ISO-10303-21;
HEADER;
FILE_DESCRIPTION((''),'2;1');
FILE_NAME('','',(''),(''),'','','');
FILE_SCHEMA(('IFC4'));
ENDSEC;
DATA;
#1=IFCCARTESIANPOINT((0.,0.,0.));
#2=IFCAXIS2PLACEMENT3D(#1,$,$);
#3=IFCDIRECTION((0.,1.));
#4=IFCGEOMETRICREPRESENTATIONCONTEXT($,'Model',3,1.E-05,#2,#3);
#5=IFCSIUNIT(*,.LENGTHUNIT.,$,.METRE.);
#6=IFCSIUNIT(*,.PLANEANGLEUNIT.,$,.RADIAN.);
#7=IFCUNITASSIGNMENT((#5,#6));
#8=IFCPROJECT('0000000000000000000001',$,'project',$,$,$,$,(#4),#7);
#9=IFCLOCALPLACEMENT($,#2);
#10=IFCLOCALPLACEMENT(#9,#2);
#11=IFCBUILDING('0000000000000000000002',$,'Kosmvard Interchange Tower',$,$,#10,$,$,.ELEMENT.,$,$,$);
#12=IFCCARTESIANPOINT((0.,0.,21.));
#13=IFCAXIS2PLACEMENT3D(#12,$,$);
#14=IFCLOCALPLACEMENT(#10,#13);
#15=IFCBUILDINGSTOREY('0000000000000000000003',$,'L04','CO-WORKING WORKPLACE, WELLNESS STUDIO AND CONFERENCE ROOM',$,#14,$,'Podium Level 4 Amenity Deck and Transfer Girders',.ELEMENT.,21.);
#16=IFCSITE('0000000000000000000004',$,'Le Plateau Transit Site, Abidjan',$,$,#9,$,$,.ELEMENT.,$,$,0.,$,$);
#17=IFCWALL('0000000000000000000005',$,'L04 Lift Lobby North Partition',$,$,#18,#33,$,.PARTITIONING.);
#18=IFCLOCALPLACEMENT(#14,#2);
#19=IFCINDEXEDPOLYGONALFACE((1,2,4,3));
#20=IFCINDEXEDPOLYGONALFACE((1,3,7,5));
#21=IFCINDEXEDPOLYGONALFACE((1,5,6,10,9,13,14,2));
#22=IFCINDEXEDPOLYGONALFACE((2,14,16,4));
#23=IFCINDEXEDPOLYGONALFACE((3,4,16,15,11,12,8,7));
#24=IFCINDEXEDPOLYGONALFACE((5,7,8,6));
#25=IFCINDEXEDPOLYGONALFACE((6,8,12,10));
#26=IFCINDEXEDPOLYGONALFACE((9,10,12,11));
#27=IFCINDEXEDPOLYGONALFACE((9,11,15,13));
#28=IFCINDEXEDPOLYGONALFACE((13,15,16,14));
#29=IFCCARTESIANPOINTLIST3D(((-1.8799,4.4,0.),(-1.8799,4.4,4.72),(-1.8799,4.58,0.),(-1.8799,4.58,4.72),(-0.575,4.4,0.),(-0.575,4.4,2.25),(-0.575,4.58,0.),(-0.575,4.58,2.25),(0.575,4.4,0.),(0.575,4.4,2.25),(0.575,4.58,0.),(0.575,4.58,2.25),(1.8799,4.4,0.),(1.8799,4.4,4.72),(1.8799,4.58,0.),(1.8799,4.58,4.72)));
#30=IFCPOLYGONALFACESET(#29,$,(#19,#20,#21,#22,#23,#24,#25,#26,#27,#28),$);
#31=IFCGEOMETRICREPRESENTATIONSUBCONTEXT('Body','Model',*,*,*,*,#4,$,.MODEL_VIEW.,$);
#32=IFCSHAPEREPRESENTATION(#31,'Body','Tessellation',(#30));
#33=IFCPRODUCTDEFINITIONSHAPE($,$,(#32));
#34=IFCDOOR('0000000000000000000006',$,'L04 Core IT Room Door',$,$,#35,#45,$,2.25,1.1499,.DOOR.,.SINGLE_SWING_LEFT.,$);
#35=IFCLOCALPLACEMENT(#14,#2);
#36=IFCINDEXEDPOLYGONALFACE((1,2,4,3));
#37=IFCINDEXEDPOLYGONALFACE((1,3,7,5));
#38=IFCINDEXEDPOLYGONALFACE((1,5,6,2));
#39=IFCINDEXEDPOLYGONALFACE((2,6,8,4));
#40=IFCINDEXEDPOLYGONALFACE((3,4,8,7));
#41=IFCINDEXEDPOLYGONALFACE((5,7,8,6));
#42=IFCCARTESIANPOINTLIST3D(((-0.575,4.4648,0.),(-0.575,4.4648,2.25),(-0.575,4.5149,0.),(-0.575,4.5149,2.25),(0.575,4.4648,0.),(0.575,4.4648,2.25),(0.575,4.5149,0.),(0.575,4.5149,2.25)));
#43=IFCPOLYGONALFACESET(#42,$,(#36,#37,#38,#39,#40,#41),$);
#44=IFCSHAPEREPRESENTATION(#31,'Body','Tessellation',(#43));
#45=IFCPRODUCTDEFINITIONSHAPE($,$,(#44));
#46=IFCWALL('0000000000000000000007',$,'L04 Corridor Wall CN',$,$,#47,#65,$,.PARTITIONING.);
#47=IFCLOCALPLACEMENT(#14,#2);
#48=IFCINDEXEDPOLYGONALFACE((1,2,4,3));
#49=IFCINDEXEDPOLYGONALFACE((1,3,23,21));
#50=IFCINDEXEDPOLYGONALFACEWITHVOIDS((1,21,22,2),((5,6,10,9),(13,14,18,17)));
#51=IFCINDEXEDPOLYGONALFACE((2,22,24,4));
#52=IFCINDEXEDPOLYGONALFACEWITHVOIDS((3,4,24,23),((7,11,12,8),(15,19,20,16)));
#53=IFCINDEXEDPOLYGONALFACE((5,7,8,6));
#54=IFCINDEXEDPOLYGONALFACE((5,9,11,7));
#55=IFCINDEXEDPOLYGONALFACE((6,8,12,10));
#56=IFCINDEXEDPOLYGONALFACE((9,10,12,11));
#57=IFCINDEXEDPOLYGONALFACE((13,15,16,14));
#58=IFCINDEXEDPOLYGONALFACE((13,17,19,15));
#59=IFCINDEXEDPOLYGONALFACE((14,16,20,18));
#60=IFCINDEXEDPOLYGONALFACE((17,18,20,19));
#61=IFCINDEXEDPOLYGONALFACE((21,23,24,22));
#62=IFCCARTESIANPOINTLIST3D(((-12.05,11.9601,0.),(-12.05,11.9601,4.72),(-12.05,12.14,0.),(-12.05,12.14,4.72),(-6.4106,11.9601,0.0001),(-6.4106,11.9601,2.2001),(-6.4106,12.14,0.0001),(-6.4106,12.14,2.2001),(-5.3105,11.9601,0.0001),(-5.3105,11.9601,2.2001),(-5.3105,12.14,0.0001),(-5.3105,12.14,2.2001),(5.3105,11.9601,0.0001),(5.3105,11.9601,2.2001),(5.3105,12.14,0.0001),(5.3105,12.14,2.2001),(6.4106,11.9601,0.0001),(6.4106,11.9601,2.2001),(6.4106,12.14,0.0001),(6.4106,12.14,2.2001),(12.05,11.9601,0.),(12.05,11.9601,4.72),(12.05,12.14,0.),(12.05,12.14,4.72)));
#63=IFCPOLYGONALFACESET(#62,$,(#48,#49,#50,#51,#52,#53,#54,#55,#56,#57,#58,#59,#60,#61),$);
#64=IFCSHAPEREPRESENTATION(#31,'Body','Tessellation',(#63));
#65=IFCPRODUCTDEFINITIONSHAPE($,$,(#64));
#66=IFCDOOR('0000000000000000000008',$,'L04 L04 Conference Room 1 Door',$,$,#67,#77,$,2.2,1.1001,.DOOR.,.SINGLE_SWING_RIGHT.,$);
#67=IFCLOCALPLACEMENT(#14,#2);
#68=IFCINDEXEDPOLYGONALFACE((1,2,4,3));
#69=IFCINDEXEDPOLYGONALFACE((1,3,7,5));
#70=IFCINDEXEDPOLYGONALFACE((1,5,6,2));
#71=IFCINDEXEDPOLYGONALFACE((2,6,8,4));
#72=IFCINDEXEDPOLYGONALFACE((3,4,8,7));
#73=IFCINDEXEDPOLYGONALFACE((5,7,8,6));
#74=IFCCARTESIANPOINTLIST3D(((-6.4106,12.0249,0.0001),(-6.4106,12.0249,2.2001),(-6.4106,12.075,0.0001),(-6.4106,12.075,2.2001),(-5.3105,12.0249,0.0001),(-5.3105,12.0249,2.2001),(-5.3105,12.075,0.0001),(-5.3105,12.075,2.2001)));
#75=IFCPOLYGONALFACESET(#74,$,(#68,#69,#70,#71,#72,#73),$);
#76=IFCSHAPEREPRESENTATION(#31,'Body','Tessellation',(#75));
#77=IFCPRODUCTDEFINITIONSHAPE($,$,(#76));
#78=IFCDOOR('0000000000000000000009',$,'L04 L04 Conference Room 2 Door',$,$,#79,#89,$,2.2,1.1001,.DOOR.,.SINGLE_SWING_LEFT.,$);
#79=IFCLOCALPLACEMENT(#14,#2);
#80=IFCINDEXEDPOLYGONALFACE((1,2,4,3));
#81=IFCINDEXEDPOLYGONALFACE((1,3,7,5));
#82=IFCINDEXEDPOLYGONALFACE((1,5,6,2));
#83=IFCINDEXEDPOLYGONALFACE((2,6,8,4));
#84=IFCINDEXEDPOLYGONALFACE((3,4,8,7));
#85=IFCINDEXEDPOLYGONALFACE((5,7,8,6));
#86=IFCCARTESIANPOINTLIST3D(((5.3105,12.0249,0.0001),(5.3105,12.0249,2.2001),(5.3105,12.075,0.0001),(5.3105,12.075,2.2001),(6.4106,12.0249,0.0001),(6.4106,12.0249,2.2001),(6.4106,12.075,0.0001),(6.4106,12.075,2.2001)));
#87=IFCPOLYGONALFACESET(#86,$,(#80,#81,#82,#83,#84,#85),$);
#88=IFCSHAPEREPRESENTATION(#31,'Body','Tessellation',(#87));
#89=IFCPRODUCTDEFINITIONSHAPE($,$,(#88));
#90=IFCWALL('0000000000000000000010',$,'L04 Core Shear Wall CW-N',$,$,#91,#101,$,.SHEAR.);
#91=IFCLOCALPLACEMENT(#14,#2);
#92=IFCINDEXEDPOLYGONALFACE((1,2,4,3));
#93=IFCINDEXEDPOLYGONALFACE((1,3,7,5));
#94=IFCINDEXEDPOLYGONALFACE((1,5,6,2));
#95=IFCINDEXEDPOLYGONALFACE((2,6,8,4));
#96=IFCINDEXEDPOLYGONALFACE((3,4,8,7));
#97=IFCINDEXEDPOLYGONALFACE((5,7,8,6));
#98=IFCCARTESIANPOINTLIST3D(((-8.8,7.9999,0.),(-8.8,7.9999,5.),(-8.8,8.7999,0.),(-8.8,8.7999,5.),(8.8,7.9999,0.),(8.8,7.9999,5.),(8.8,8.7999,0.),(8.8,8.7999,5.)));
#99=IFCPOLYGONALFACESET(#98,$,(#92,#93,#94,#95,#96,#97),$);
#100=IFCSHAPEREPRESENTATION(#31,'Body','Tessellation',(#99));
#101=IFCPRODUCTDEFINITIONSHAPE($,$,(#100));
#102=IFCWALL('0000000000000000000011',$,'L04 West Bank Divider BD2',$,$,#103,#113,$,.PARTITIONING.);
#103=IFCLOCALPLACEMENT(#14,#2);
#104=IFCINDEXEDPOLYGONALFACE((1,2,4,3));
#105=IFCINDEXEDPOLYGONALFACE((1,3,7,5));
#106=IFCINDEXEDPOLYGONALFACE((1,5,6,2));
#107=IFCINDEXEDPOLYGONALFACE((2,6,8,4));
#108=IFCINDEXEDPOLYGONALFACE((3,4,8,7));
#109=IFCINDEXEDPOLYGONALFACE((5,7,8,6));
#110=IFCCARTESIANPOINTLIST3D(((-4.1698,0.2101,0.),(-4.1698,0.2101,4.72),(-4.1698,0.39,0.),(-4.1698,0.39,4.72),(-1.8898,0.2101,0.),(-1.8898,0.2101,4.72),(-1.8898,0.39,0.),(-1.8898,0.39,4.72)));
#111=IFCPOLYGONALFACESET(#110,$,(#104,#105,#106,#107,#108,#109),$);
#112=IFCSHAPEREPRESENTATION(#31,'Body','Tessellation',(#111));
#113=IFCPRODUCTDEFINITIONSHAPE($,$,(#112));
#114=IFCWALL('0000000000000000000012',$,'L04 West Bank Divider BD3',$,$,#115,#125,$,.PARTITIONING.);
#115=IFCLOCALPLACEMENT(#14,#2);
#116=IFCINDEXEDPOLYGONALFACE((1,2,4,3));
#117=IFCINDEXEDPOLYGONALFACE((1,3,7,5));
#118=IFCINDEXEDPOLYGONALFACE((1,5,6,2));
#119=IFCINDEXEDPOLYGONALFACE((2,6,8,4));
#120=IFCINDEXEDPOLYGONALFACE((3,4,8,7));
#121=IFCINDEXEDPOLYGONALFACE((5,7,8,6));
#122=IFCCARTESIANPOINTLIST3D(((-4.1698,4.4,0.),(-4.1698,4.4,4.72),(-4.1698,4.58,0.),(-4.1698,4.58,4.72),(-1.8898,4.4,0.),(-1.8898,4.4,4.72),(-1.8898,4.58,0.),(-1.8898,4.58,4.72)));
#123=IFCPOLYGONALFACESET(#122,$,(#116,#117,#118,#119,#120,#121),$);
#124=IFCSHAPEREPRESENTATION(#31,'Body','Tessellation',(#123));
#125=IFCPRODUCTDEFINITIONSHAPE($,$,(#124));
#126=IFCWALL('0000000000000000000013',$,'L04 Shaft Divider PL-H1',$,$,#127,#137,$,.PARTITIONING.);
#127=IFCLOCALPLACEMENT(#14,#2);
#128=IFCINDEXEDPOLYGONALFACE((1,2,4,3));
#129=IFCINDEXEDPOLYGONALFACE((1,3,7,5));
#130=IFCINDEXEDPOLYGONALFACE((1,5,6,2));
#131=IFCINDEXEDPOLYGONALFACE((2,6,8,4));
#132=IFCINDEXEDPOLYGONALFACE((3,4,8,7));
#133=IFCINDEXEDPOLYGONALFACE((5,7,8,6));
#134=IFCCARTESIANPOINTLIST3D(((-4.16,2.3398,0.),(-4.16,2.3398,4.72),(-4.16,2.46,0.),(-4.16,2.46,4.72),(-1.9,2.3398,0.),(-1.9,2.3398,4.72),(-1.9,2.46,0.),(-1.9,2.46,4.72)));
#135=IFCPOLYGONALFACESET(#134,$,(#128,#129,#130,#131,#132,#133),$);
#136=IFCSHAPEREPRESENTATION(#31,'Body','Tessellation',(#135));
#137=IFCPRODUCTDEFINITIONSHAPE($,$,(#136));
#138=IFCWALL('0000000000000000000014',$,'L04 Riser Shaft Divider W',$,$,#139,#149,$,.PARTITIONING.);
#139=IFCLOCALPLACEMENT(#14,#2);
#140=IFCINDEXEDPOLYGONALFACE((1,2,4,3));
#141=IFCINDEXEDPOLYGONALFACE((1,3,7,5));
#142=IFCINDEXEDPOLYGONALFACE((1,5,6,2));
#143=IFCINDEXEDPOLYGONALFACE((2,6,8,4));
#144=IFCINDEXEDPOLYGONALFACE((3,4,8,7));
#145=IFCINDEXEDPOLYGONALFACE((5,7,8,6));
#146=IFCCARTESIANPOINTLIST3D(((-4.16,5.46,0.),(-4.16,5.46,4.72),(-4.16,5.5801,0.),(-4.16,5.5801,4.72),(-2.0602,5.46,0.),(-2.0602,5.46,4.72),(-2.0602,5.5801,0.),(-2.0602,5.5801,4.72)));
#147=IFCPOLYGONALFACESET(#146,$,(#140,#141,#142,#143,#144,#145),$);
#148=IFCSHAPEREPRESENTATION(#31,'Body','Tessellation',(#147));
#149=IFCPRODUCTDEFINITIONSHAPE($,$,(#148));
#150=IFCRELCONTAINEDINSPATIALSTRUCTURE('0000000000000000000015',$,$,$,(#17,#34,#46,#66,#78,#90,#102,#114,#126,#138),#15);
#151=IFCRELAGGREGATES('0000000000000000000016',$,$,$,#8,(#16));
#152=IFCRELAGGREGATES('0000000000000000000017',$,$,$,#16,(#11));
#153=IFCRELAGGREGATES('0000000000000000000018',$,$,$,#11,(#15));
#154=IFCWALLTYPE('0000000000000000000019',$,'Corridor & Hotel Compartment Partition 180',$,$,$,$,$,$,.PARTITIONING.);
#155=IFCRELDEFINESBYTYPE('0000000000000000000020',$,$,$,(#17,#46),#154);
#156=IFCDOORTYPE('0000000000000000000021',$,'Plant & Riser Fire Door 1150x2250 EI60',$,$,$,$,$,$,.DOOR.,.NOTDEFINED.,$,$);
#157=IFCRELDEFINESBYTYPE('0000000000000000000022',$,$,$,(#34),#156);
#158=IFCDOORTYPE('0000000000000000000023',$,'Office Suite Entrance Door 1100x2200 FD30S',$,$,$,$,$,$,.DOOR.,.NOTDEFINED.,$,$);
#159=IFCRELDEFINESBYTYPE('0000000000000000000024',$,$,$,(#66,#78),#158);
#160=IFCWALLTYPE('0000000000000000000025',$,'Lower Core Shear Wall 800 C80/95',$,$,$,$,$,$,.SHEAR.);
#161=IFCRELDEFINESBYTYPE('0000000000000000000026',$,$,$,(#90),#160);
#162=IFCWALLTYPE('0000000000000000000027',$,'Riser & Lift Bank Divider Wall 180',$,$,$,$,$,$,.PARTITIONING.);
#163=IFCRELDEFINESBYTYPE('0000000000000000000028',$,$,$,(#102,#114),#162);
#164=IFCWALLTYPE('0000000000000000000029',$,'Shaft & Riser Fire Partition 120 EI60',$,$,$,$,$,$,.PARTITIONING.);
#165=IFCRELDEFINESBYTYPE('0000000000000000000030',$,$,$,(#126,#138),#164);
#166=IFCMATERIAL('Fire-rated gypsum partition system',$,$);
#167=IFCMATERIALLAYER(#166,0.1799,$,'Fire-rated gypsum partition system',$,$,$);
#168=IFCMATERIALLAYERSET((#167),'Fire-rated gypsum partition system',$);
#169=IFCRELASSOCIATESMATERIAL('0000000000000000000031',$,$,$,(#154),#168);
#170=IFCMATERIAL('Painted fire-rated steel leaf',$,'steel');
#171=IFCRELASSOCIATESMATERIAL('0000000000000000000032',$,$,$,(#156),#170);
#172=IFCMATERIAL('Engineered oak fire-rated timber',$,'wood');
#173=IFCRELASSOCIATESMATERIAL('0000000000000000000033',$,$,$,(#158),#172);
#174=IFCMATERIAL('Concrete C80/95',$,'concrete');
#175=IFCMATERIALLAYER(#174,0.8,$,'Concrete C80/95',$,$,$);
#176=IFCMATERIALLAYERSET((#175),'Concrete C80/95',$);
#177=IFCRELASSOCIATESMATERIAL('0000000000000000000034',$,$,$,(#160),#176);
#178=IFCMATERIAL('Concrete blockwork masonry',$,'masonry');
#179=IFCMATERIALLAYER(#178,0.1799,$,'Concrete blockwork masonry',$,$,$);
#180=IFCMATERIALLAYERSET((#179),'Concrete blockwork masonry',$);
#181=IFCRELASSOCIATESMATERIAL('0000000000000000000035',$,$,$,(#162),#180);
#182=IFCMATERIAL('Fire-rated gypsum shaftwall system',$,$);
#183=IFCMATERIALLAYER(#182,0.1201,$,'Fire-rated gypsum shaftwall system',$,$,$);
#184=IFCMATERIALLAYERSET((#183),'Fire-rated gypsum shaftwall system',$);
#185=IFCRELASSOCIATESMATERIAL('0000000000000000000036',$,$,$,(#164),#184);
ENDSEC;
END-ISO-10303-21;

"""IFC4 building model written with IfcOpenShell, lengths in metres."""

from ifc_helpers import new_model, si_unit, direction, frame, frame_2d, origin, place, context, subcontext, project, spatial, rectangle, extrude, source, transform, mapped, material, layer, layer_set, type_object, element, fill, save


model = new_model("IFC4")

# Units and contexts
model_context = context("Model", 3, precision=1e-05, world=origin(), true_north=direction((0.0, 1.0)))
body_context = subcontext(model_context, "Body", "Model", "MODEL_VIEW")
ifc_project = project(units=[si_unit("LENGTHUNIT", "METRE"), si_unit("PLANEANGLEUNIT", "RADIAN")], contexts=[model_context])

# Site, building, storey
site_placement = place(None, origin())
site = spatial("IfcSite", under=ifc_project, at=site_placement, Name="Le Plateau Transit Site, Abidjan", CompositionType="ELEMENT", RefElevation=0.0)
building_placement = place(site_placement, origin())
building = spatial("IfcBuilding", under=site, at=building_placement, Name="Kosmvard Interchange Tower", CompositionType="ELEMENT")
storey_placement = place(building_placement, frame((0.0, 0.0, 21.0)))
storey = spatial("IfcBuildingStorey", under=building, at=storey_placement, Name="L04", Description="CO-WORKING WORKPLACE, WELLNESS STUDIO AND CONFERENCE ROOM", LongName="Podium Level 4 Amenity Deck and Transfer Girders", CompositionType="ELEMENT", Elevation=21.0)

# Shared definitions
ifc_material_1 = material(Name="Concrete C80/95", Category="concrete")

# Shared definitions
ifc_material_2 = material(Name="Fire-rated gypsum partition system")

# Wall, opening, door
ifc_layer_1 = layer(ifc_material_2, 0.1799, Name="Fire-rated gypsum partition system")
ifc_layer_set_1 = layer_set([ifc_layer_1], Name="Fire-rated gypsum partition system")
wall_type_1 = type_object("IfcWallType", Name="Corridor & Hotel Compartment Partition 180", PredefinedType="PARTITIONING", material=ifc_layer_set_1)
wall_1_placement = place(storey_placement, frame((-1.8799, 4.49, 0.0), z_axis=(0.0, 0.0, 1.0), x_axis=(1.0, 0.0, 0.0)))
wall_1 = element("IfcWall", 1, at=wall_1_placement, inside=storey, type_object=wall_type_1, Name="L04 Lift Lobby North Partition", PredefinedType="PARTITIONING", context=body_context, shape_type="SweptSolid", body=[
    extrude(rectangle(XDim=3.7598, YDim=0.1799, at=frame_2d((1.8799, 0.0))), origin(), (0.0, 0.0, 1.0), 4.72),
])
opening_1_placement = place(wall_1_placement, frame((1.3049, 0.0, 0.0)))
opening_1 = element("IfcOpeningElement", 2, at=opening_1_placement, cuts=wall_1, PredefinedType="OPENING", context=body_context, shape_type="SweptSolid", body=[
    extrude(rectangle(XDim=1.1499, YDim=2.25, at=frame_2d((0.575, 1.125))), frame((0.0, 0.1001, 0.0), z_axis=(0.0, -1.0, 0.0), x_axis=(1.0, 0.0, 0.0)), (0.0, 0.0, 1.0), 0.2),
])
ifc_material_3 = material(Name="Painted fire-rated steel leaf", Category="steel")
door_type_1 = type_object("IfcDoorType", Name="Plant & Riser Fire Door 1150x2250 EI60", OperationType="NOTDEFINED", PredefinedType="DOOR", material=ifc_material_3)
shared_shape_1 = source(origin(), body_context, "Body", "SweptSolid", [
    extrude(rectangle(XDim=1.1499, YDim=2.25, at=frame_2d((0.575, 1.125))), frame((0.0, 0.0249, 0.0), z_axis=(0.0, -1.0, 0.0), x_axis=(1.0, 0.0, 0.0)), (0.0, 0.0, 1.0), 0.05),
])
door_1_placement = place(opening_1_placement, origin())
door_1 = element("IfcDoor", 3, at=door_1_placement, inside=storey, type_object=door_type_1, Name="L04 Core IT Room Door", OperationType="SINGLE_SWING_LEFT", OverallHeight=2.25, OverallWidth=1.1499, PredefinedType="DOOR", context=body_context, shape_type="MappedRepresentation", body=[
    mapped(shared_shape_1, transform((0.0, 0.0, 0.0), scale=1.0)),
])
fill(opening_1, door_1)

# Wall, openings, doors
wall_2_placement = place(storey_placement, frame((-12.05, 12.05, 0.0), z_axis=(0.0, 0.0, 1.0), x_axis=(1.0, 0.0, 0.0)))
wall_2 = element("IfcWall", 4, at=wall_2_placement, inside=storey, type_object=wall_type_1, Name="L04 Corridor Wall CN", PredefinedType="PARTITIONING", context=body_context, shape_type="SweptSolid", body=[
    extrude(rectangle(XDim=24.1001, YDim=0.1799, at=frame_2d((12.05, 0.0))), origin(), (0.0, 0.0, 1.0), 4.72),
])
opening_2_placement = place(wall_2_placement, frame((5.6394, 0.0, 0.0)))
opening_2 = element("IfcOpeningElement", 5, at=opening_2_placement, cuts=wall_2, PredefinedType="OPENING", context=body_context, shape_type="SweptSolid", body=[
    extrude(rectangle(XDim=1.1001, YDim=2.2, at=frame_2d((0.55, 1.1001))), frame((0.0, 0.1001, 0.0), z_axis=(0.0, -1.0, 0.0), x_axis=(1.0, 0.0, 0.0)), (0.0, 0.0, 1.0), 0.2),
])
opening_3_placement = place(wall_2_placement, frame((17.3606, 0.0, 0.0)))
opening_3 = element("IfcOpeningElement", 6, at=opening_3_placement, cuts=wall_2, PredefinedType="OPENING", context=body_context, shape_type="SweptSolid", body=[
    extrude(rectangle(XDim=1.1001, YDim=2.2, at=frame_2d((0.55, 1.1001))), frame((0.0, 0.1001, 0.0), z_axis=(0.0, -1.0, 0.0), x_axis=(1.0, 0.0, 0.0)), (0.0, 0.0, 1.0), 0.2),
])
ifc_material_4 = material(Name="Engineered oak fire-rated timber", Category="wood")
door_type_2 = type_object("IfcDoorType", Name="Office Suite Entrance Door 1100x2200 FD30S", OperationType="NOTDEFINED", PredefinedType="DOOR", material=ifc_material_4)
shared_shape_2 = source(origin(), body_context, "Body", "SweptSolid", [
    extrude(rectangle(XDim=1.1001, YDim=2.2, at=frame_2d((0.55, 1.1001))), frame((0.0, 0.0249, 0.0), z_axis=(0.0, -1.0, 0.0), x_axis=(1.0, 0.0, 0.0)), (0.0, 0.0, 1.0), 0.05),
])
door_2_placement = place(opening_2_placement, origin())
door_2 = element("IfcDoor", 7, at=door_2_placement, inside=storey, type_object=door_type_2, Name="L04 L04 Conference Room 1 Door", OperationType="SINGLE_SWING_RIGHT", OverallHeight=2.2, OverallWidth=1.1001, PredefinedType="DOOR", context=body_context, shape_type="MappedRepresentation", body=[
    mapped(shared_shape_2, transform((0.0, 0.0, 0.0), scale=1.0)),
])
fill(opening_2, door_2)
door_3_placement = place(opening_3_placement, origin())
door_3 = element("IfcDoor", 8, at=door_3_placement, inside=storey, type_object=door_type_2, Name="L04 L04 Conference Room 2 Door", OperationType="SINGLE_SWING_LEFT", OverallHeight=2.2, OverallWidth=1.1001, PredefinedType="DOOR", context=body_context, shape_type="MappedRepresentation", body=[
    mapped(shared_shape_2, transform((0.0, 0.0, 0.0), scale=1.0)),
])
fill(opening_3, door_3)

# Walls
ifc_layer_2 = layer(ifc_material_1, 0.8, Name="Concrete C80/95")
ifc_layer_set_2 = layer_set([ifc_layer_2], Name="Concrete C80/95")
wall_type_2 = type_object("IfcWallType", Name="Lower Core Shear Wall 800 C80/95", PredefinedType="SHEAR", material=ifc_layer_set_2)
wall_3_placement = place(storey_placement, frame((-8.8, 8.3999, 0.0), z_axis=(0.0, 0.0, 1.0), x_axis=(1.0, 0.0, 0.0)))
element("IfcWall", 9, at=wall_3_placement, inside=storey, type_object=wall_type_2, Name="L04 Core Shear Wall CW-N", PredefinedType="SHEAR", context=body_context, shape_type="SweptSolid", body=[
    extrude(rectangle(XDim=17.6001, YDim=0.8, at=frame_2d((8.8, 0.0))), origin(), (0.0, 0.0, 1.0), 5.0),
])
ifc_material_5 = material(Name="Concrete blockwork masonry", Category="masonry")
ifc_layer_3 = layer(ifc_material_5, 0.1799, Name="Concrete blockwork masonry")
ifc_layer_set_3 = layer_set([ifc_layer_3], Name="Concrete blockwork masonry")
wall_type_3 = type_object("IfcWallType", Name="Riser & Lift Bank Divider Wall 180", PredefinedType="PARTITIONING", material=ifc_layer_set_3)
for number, where, z_axis, x_axis, name in (
    (10, (-4.1699, 0.3, 0.0), (0.0, 0.0, 1.0), (1.0, 0.0, 0.0), "L04 West Bank Divider BD2"),
    (11, (-4.1699, 4.49, 0.0), (0.0, 0.0, 1.0), (1.0, 0.0, 0.0), "L04 West Bank Divider BD3"),
):
    element("IfcWall", number, at=place(storey_placement, frame(where, z_axis=z_axis, x_axis=x_axis)), inside=storey, type_object=wall_type_3, Name=name, PredefinedType="PARTITIONING", context=body_context, shape_type="SweptSolid", body=[
        extrude(rectangle(XDim=2.28, YDim=0.1799, at=frame_2d((1.1401, 0.0))), origin(), (0.0, 0.0, 1.0), 4.72),
    ])
ifc_material_6 = material(Name="Fire-rated gypsum shaftwall system")
ifc_layer_4 = layer(ifc_material_6, 0.1201, Name="Fire-rated gypsum shaftwall system")
ifc_layer_set_4 = layer_set([ifc_layer_4], Name="Fire-rated gypsum shaftwall system")
wall_type_4 = type_object("IfcWallType", Name="Shaft & Riser Fire Partition 120 EI60", PredefinedType="PARTITIONING", material=ifc_layer_set_4)
wall_4_placement = place(storey_placement, frame((-4.1599, 2.3999, 0.0), z_axis=(0.0, 0.0, 1.0), x_axis=(1.0, 0.0, 0.0)))
element("IfcWall", 12, at=wall_4_placement, inside=storey, type_object=wall_type_4, Name="L04 Shaft Divider PL-H1", PredefinedType="PARTITIONING", context=body_context, shape_type="SweptSolid", body=[
    extrude(rectangle(XDim=2.26, YDim=0.1201, at=frame_2d((1.1299, 0.0))), origin(), (0.0, 0.0, 1.0), 4.72),
])
wall_5_placement = place(storey_placement, frame((-4.1599, 5.52, 0.0), z_axis=(0.0, 0.0, 1.0), x_axis=(1.0, 0.0, 0.0)))
element("IfcWall", 13, at=wall_5_placement, inside=storey, type_object=wall_type_4, Name="L04 Riser Shaft Divider W", PredefinedType="PARTITIONING", context=body_context, shape_type="SweptSolid", body=[
    extrude(rectangle(XDim=2.0999, YDim=0.1201, at=frame_2d((1.0498, 0.0))), origin(), (0.0, 0.0, 1.0), 4.72),
])

save(model, "model.ifc")
